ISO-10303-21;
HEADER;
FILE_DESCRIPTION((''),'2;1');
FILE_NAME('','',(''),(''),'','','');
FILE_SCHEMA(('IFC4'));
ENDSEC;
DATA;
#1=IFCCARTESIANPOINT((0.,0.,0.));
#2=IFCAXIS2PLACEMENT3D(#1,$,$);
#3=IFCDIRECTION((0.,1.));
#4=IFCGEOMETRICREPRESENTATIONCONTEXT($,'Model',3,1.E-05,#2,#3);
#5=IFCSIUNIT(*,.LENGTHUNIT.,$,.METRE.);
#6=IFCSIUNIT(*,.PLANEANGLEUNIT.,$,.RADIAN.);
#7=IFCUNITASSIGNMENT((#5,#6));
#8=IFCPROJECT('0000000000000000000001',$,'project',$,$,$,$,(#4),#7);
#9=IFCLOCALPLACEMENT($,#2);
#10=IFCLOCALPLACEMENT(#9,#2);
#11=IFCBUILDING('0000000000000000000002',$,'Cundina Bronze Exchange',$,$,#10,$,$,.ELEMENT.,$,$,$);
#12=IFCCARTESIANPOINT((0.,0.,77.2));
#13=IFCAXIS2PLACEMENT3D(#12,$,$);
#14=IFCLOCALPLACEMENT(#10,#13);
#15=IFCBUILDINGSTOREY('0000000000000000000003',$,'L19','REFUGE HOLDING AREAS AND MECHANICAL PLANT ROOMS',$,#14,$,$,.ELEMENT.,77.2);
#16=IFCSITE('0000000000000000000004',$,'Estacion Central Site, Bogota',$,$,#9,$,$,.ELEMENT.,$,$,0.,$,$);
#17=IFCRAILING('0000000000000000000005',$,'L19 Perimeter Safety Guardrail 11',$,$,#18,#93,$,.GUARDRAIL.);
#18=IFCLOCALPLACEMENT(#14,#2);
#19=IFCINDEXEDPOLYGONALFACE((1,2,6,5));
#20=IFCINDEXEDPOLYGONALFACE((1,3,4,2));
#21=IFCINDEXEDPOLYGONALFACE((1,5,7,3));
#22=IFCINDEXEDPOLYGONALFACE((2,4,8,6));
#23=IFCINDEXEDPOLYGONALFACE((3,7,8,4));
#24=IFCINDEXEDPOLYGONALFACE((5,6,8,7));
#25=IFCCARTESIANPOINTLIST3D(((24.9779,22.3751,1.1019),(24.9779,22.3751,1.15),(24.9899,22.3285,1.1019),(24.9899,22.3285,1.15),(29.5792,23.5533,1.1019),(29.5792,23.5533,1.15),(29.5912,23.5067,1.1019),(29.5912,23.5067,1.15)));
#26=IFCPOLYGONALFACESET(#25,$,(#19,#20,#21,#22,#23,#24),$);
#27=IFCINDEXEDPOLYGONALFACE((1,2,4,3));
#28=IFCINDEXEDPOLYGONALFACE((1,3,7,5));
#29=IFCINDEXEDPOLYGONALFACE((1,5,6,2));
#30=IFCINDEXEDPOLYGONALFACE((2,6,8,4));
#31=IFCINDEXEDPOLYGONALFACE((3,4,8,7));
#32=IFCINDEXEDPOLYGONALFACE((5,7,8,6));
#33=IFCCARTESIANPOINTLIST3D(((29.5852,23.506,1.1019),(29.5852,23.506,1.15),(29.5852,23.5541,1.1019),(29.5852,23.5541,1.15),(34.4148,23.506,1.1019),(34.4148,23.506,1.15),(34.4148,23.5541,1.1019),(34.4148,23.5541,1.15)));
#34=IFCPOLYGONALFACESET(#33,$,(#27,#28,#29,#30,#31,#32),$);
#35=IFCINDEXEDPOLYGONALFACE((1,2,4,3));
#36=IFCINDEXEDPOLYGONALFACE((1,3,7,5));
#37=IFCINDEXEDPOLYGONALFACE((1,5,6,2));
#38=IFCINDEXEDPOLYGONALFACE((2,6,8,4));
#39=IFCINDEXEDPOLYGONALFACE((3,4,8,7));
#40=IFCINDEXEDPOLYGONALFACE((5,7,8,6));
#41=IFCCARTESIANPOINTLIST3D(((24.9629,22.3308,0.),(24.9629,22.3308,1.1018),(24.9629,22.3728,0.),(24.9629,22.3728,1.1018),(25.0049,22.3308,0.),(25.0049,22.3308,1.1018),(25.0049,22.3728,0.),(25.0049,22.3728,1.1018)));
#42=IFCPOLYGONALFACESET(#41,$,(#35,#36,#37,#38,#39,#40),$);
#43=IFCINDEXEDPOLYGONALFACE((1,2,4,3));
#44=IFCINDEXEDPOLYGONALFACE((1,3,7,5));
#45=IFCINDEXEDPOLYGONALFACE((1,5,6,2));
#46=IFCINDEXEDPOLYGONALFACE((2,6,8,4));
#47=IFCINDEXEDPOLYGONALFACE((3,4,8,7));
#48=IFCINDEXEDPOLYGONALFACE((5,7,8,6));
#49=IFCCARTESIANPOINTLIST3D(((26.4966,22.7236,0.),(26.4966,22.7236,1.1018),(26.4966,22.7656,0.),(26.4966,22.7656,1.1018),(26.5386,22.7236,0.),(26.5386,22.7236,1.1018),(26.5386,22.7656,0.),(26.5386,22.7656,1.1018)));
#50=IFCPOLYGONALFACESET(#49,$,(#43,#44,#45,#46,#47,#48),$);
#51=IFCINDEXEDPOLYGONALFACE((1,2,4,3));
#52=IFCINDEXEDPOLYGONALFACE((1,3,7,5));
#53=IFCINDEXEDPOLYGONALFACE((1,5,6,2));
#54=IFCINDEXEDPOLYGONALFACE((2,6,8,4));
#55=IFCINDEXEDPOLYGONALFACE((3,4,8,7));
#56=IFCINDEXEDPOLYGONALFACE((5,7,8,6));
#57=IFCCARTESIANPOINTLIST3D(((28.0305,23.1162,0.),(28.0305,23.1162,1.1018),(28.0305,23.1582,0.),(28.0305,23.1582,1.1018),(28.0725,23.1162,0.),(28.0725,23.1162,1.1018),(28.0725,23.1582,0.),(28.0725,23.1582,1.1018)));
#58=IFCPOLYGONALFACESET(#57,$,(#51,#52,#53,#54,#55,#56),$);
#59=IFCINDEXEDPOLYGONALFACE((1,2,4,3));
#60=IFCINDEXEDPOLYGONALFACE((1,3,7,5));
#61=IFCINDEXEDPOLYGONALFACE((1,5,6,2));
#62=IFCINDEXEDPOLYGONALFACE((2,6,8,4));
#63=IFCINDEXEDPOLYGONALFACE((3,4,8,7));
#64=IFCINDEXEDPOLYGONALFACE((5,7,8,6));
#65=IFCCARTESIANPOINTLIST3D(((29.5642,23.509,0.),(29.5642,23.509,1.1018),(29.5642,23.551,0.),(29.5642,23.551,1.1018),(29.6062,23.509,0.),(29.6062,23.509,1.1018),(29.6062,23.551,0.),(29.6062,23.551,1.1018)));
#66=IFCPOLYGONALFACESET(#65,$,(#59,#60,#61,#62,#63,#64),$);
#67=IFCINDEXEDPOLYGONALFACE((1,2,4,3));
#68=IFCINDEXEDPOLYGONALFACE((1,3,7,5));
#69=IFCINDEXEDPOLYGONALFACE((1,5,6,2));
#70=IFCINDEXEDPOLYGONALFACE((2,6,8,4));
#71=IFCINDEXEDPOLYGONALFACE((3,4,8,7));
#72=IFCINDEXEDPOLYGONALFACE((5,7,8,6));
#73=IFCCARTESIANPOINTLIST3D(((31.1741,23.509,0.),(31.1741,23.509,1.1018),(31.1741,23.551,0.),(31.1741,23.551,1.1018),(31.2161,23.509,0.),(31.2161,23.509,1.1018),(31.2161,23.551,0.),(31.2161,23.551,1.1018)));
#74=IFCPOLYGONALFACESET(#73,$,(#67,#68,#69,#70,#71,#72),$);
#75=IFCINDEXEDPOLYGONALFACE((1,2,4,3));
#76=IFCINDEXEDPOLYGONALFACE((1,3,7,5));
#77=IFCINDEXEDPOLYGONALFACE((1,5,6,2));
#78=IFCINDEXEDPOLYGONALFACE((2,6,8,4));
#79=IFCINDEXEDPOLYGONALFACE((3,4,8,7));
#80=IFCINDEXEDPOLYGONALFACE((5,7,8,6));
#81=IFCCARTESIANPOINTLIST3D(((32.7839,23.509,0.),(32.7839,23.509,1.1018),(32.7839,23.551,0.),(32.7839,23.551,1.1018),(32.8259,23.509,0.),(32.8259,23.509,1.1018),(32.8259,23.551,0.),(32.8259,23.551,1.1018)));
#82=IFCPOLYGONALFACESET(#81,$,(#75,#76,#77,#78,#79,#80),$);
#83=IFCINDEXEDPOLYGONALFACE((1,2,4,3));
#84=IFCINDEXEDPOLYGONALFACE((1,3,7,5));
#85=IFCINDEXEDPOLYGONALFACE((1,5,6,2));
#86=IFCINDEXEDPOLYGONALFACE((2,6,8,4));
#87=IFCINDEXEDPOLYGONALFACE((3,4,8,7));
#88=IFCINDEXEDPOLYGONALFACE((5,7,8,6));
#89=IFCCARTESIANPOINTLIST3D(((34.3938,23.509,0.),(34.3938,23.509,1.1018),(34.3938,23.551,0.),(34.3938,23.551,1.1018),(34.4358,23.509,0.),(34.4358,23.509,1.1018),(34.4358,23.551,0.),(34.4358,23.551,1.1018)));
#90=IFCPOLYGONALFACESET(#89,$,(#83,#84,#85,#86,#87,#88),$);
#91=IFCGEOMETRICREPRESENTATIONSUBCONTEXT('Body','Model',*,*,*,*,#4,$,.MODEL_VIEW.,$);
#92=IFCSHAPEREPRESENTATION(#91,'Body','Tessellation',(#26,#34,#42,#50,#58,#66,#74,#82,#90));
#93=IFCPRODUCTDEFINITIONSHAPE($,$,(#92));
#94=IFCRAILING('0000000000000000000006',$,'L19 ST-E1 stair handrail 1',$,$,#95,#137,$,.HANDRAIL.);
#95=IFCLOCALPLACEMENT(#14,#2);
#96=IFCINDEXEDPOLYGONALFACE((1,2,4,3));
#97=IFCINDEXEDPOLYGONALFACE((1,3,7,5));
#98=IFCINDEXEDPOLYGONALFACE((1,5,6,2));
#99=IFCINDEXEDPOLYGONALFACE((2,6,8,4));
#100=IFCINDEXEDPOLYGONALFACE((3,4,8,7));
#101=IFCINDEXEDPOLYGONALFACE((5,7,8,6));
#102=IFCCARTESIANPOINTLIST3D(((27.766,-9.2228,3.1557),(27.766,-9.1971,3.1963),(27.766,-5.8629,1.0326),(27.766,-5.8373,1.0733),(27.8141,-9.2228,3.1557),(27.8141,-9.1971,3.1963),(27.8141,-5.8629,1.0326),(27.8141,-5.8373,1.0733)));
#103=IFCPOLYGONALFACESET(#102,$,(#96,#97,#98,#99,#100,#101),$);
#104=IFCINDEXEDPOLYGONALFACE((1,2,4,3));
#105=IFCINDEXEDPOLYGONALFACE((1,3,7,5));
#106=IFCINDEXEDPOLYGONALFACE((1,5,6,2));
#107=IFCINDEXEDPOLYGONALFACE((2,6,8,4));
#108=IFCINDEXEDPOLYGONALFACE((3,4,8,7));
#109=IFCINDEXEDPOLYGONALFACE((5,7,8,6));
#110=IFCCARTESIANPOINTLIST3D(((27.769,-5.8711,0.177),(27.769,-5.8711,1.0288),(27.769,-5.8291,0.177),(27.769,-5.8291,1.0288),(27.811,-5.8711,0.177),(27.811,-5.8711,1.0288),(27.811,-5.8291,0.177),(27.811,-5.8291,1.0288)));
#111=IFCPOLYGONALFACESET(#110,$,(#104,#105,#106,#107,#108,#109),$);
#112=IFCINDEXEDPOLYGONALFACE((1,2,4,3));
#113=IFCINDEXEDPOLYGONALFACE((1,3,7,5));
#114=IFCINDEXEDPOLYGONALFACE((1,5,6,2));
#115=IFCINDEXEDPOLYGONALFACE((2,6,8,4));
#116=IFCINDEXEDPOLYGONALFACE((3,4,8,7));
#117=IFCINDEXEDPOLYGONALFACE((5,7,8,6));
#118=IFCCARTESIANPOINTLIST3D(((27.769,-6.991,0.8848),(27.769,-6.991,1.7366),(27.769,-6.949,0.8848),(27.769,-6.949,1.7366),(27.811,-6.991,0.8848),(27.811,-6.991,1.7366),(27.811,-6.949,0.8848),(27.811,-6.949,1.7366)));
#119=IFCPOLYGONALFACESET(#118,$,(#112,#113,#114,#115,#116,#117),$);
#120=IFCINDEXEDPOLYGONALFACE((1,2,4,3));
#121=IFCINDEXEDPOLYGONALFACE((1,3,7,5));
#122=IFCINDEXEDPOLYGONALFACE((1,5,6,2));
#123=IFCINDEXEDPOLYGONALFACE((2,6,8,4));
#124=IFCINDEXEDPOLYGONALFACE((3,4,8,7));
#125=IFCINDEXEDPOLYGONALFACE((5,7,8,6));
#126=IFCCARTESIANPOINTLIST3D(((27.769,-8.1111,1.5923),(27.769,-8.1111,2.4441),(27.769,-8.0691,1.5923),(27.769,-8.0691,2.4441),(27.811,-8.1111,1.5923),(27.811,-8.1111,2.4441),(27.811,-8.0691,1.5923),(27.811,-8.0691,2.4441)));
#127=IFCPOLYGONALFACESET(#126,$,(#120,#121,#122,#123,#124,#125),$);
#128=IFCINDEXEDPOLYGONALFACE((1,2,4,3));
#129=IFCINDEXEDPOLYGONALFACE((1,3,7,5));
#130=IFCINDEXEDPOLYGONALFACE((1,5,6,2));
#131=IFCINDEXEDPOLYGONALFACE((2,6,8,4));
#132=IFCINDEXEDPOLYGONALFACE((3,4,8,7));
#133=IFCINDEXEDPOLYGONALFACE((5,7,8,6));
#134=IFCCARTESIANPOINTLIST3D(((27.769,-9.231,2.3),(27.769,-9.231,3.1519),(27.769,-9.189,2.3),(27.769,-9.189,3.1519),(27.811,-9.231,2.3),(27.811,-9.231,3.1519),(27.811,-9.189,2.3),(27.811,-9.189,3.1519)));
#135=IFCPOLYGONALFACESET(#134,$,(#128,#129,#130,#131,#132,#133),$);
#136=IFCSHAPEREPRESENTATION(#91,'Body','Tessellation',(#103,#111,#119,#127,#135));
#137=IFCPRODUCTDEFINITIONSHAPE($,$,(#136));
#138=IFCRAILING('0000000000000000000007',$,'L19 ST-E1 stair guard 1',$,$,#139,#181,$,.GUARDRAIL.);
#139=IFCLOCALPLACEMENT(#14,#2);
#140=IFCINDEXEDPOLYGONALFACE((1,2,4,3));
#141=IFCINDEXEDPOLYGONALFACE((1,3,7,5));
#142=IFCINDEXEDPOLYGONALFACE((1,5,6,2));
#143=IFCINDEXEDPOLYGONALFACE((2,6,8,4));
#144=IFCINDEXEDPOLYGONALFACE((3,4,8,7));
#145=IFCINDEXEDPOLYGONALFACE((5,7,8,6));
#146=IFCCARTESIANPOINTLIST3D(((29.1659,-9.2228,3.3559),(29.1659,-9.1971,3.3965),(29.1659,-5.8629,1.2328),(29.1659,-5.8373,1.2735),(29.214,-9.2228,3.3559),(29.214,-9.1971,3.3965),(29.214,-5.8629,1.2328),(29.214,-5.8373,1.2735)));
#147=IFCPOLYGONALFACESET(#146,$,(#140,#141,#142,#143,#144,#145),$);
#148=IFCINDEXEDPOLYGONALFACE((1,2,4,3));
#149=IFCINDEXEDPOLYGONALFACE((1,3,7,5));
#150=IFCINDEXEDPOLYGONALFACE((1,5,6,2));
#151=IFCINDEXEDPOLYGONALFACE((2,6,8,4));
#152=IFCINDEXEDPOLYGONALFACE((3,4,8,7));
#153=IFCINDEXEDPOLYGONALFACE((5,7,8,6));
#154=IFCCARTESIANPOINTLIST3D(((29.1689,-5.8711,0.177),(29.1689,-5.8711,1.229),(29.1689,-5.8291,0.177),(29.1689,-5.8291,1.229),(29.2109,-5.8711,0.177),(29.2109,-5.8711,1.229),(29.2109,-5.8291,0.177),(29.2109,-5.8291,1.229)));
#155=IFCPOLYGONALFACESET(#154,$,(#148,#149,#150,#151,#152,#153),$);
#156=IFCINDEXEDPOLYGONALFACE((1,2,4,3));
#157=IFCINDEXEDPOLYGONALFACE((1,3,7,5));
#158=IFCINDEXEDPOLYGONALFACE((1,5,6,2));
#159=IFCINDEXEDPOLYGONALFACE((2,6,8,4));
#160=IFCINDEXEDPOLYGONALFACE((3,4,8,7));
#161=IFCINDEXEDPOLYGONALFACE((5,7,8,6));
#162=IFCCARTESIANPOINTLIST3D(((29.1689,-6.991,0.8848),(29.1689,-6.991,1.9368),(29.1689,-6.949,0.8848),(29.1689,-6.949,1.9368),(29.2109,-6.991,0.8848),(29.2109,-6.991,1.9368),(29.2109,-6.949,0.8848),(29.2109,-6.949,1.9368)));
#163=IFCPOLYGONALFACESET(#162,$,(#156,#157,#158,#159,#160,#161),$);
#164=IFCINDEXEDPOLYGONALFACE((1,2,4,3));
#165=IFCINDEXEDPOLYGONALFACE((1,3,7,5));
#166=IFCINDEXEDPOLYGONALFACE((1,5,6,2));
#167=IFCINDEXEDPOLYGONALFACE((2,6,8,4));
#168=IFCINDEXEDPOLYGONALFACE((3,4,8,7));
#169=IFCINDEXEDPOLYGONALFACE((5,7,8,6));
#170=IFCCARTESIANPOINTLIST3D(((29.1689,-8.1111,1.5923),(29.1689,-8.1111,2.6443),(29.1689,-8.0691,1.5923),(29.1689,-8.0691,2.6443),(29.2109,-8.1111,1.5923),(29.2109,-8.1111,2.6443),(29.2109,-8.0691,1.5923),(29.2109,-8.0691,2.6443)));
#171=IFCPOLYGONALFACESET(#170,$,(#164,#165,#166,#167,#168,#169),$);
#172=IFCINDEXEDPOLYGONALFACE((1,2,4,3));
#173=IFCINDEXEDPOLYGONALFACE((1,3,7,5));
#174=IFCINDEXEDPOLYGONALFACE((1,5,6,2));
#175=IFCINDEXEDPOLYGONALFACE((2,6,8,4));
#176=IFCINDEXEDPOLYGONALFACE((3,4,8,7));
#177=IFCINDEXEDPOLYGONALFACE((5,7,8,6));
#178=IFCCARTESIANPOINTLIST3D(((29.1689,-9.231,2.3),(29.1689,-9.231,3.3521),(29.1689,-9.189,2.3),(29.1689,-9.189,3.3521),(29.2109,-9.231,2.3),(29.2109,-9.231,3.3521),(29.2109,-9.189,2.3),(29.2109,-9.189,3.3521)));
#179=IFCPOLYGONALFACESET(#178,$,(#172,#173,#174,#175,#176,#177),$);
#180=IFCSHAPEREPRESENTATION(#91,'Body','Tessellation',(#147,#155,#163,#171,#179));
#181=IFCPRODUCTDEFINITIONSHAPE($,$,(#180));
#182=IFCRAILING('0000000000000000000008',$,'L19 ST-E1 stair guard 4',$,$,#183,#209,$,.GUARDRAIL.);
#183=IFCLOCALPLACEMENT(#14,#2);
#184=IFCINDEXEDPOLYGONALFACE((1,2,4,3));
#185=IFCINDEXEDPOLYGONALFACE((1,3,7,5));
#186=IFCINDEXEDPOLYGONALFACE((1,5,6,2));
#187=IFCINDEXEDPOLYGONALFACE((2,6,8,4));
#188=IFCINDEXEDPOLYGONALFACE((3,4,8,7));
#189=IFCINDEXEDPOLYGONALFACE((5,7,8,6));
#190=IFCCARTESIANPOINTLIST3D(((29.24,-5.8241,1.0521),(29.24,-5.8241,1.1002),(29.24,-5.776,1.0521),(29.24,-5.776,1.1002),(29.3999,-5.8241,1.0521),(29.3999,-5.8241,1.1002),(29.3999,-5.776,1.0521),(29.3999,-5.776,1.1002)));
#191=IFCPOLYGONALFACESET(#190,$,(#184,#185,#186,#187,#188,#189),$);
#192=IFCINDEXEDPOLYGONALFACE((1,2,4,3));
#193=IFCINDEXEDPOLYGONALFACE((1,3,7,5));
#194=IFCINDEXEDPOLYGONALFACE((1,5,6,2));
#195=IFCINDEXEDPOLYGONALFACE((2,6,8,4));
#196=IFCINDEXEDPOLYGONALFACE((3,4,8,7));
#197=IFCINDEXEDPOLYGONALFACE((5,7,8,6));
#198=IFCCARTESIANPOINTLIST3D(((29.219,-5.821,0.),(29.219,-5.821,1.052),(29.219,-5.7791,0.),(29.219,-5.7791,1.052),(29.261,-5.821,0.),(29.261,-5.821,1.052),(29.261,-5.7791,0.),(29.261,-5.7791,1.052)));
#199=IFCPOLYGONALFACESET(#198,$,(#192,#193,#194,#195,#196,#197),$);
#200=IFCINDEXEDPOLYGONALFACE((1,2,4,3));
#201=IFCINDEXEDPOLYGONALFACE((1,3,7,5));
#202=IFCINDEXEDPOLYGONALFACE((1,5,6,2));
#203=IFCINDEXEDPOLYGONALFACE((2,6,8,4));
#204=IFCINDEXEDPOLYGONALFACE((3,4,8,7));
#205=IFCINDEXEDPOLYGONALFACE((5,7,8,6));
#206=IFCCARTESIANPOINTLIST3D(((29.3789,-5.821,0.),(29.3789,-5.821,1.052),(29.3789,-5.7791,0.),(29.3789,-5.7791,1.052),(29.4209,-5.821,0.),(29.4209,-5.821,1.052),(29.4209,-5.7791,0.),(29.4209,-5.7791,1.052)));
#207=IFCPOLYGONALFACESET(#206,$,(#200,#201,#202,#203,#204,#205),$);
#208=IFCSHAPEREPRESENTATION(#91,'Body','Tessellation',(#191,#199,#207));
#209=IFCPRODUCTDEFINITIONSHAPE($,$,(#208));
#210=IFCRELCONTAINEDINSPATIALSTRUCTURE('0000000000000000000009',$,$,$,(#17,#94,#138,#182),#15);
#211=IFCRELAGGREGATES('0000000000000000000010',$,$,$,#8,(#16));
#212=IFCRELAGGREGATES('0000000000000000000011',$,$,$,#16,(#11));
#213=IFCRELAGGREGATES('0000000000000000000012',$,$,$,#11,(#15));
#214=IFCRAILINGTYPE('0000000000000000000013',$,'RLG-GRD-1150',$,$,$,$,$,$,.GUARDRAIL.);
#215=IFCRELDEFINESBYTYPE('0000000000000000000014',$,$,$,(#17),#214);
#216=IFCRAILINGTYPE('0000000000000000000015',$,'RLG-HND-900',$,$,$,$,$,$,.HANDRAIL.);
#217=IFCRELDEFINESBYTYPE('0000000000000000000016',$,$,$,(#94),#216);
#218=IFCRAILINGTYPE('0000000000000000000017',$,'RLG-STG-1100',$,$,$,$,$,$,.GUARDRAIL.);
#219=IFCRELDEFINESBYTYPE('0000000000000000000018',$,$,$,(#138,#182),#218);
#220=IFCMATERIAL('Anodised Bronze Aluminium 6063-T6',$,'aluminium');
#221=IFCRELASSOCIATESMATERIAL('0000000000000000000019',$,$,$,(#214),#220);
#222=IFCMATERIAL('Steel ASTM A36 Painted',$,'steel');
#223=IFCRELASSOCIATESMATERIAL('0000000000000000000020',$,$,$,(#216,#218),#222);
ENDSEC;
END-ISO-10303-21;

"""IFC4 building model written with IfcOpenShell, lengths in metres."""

from ifc_helpers import new_model, si_unit, direction, frame, origin, origin_2d, place, context, subcontext, project, spatial, rectangle, extrude, material, type_object, element, save


model = new_model("IFC4")

# Units and contexts
model_context = context("Model", 3, precision=1e-05, world=origin(), true_north=direction((0.0, 1.0)))
body_context = subcontext(model_context, "Body", "Model", "MODEL_VIEW")
ifc_project = project(units=[si_unit("LENGTHUNIT", "METRE"), si_unit("PLANEANGLEUNIT", "RADIAN")], contexts=[model_context])

# Site, building, storey
site_placement = place(None, origin())
site = spatial("IfcSite", under=ifc_project, at=site_placement, Name="Estacion Central Site, Bogota", CompositionType="ELEMENT", RefElevation=0.0)
building_placement = place(site_placement, origin())
building = spatial("IfcBuilding", under=site, at=building_placement, Name="Cundina Bronze Exchange", CompositionType="ELEMENT")
storey_placement = place(building_placement, frame((0.0, 0.0, 77.2)))
storey = spatial("IfcBuildingStorey", under=building, at=storey_placement, Name="L19", Description="REFUGE HOLDING AREAS AND MECHANICAL PLANT ROOMS", CompositionType="ELEMENT", Elevation=77.2)

# Shared definitions
ifc_material_1 = material(Name="Steel ASTM A36 Painted", Category="steel")

# Railings
ifc_material_2 = material(Name="Anodised Bronze Aluminium 6063-T6", Category="aluminium")
railing_type_1 = type_object("IfcRailingType", Name="RLG-GRD-1150", PredefinedType="GUARDRAIL", material=ifc_material_2)
railing_1_placement = place(storey_placement, frame((24.9839, 22.3518, 0.0)))
element("IfcRailing", 1, at=railing_1_placement, inside=storey, type_object=railing_type_1, Name="L19 Perimeter Safety Guardrail 11", PredefinedType="GUARDRAIL", context=body_context, shape_type="SweptSolid", body=[
    extrude(rectangle(XDim=0.0481, YDim=0.0481, at=origin_2d()), frame((0.0, 0.0, 1.126), z_axis=(0.968745, 0.248059, 0.0), x_axis=(-0.248059, 0.968745, 0.0)), (0.0, 0.0, 1.0), 4.7498),
    extrude(rectangle(XDim=0.0481, YDim=0.0481, at=origin_2d()), frame((4.6013, 1.1782, 1.126), z_axis=(1.0, 0.0, 0.0), x_axis=(0.0, 1.0, 0.0)), (0.0, 0.0, 1.0), 4.8296),
    extrude(rectangle(XDim=0.042, YDim=0.042, at=origin_2d()), origin(), (0.0, 0.0, 1.0), 1.1018),
    extrude(rectangle(XDim=0.042, YDim=0.042, at=origin_2d()), frame((1.5337, 0.3928, 0.0)), (0.0, 0.0, 1.0), 1.1018),
    extrude(rectangle(XDim=0.042, YDim=0.042, at=origin_2d()), frame((3.0676, 0.7854, 0.0)), (0.0, 0.0, 1.0), 1.1018),
    extrude(rectangle(XDim=0.042, YDim=0.042, at=origin_2d()), frame((4.6013, 1.1782, 0.0)), (0.0, 0.0, 1.0), 1.1018),
    extrude(rectangle(XDim=0.042, YDim=0.042, at=origin_2d()), frame((6.2112, 1.1782, 0.0)), (0.0, 0.0, 1.0), 1.1018),
    extrude(rectangle(XDim=0.042, YDim=0.042, at=origin_2d()), frame((7.821, 1.1782, 0.0)), (0.0, 0.0, 1.0), 1.1018),
    extrude(rectangle(XDim=0.042, YDim=0.042, at=origin_2d()), frame((9.4309, 1.1782, 0.0)), (0.0, 0.0, 1.0), 1.1018),
])
railing_type_2 = type_object("IfcRailingType", Name="RLG-HND-900", PredefinedType="HANDRAIL", material=ifc_material_1)
railing_2_placement = place(storey_placement, frame((27.79, -5.8501, 0.177)))
element("IfcRailing", 2, at=railing_2_placement, inside=storey, type_object=railing_type_2, Name="L19 ST-E1 stair handrail 1", PredefinedType="HANDRAIL", context=body_context, shape_type="SweptSolid", body=[
    extrude(rectangle(XDim=0.0481, YDim=0.0481, at=origin_2d()), frame((0.0, 0.0, 0.876), z_axis=(0.0, -0.845372, 0.534178), x_axis=(1.0, 0.0, 0.0)), (0.0, 0.0, 1.0), 3.9744),
    extrude(rectangle(XDim=0.042, YDim=0.042, at=origin_2d()), origin(), (0.0, 0.0, 1.0), 0.8518),
    extrude(rectangle(XDim=0.042, YDim=0.042, at=origin_2d()), frame((0.0, -1.1199, 0.7078)), (0.0, 0.0, 1.0), 0.8518),
    extrude(rectangle(XDim=0.042, YDim=0.042, at=origin_2d()), frame((0.0, -2.24, 1.4153)), (0.0, 0.0, 1.0), 0.8518),
    extrude(rectangle(XDim=0.042, YDim=0.042, at=origin_2d()), frame((0.0, -3.3599, 2.123)), (0.0, 0.0, 1.0), 0.8518),
])
railing_type_3 = type_object("IfcRailingType", Name="RLG-STG-1100", PredefinedType="GUARDRAIL", material=ifc_material_1)
railing_3_placement = place(storey_placement, frame((29.1899, -5.8501, 0.177)))
element("IfcRailing", 3, at=railing_3_placement, inside=storey, type_object=railing_type_3, Name="L19 ST-E1 stair guard 1", PredefinedType="GUARDRAIL", context=body_context, shape_type="SweptSolid", body=[
    extrude(rectangle(XDim=0.0481, YDim=0.0481, at=origin_2d()), frame((0.0, 0.0, 1.0762), z_axis=(0.0, -0.845372, 0.534178), x_axis=(1.0, 0.0, 0.0)), (0.0, 0.0, 1.0), 3.9744),
    extrude(rectangle(XDim=0.042, YDim=0.042, at=origin_2d()), origin(), (0.0, 0.0, 1.0), 1.052),
    extrude(rectangle(XDim=0.042, YDim=0.042, at=origin_2d()), frame((0.0, -1.1199, 0.7078)), (0.0, 0.0, 1.0), 1.052),
    extrude(rectangle(XDim=0.042, YDim=0.042, at=origin_2d()), frame((0.0, -2.24, 1.4153)), (0.0, 0.0, 1.0), 1.052),
    extrude(rectangle(XDim=0.042, YDim=0.042, at=origin_2d()), frame((0.0, -3.3599, 2.123)), (0.0, 0.0, 1.0), 1.052),
])
railing_4_placement = place(storey_placement, frame((29.24, -5.8, 0.0)))
element("IfcRailing", 4, at=railing_4_placement, inside=storey, type_object=railing_type_3, Name="L19 ST-E1 stair guard 4", PredefinedType="GUARDRAIL", context=body_context, shape_type="SweptSolid", body=[
    extrude(rectangle(XDim=0.0481, YDim=0.0481, at=origin_2d()), frame((0.0, 0.0, 1.0762), z_axis=(1.0, 0.0, 0.0), x_axis=(0.0, 1.0, 0.0)), (0.0, 0.0, 1.0), 0.1599),
    extrude(rectangle(XDim=0.042, YDim=0.042, at=origin_2d()), origin(), (0.0, 0.0, 1.0), 1.052),
    extrude(rectangle(XDim=0.042, YDim=0.042, at=origin_2d()), frame((0.1599, 0.0, 0.0)), (0.0, 0.0, 1.0), 1.052),
])

save(model, "model.ifc")
